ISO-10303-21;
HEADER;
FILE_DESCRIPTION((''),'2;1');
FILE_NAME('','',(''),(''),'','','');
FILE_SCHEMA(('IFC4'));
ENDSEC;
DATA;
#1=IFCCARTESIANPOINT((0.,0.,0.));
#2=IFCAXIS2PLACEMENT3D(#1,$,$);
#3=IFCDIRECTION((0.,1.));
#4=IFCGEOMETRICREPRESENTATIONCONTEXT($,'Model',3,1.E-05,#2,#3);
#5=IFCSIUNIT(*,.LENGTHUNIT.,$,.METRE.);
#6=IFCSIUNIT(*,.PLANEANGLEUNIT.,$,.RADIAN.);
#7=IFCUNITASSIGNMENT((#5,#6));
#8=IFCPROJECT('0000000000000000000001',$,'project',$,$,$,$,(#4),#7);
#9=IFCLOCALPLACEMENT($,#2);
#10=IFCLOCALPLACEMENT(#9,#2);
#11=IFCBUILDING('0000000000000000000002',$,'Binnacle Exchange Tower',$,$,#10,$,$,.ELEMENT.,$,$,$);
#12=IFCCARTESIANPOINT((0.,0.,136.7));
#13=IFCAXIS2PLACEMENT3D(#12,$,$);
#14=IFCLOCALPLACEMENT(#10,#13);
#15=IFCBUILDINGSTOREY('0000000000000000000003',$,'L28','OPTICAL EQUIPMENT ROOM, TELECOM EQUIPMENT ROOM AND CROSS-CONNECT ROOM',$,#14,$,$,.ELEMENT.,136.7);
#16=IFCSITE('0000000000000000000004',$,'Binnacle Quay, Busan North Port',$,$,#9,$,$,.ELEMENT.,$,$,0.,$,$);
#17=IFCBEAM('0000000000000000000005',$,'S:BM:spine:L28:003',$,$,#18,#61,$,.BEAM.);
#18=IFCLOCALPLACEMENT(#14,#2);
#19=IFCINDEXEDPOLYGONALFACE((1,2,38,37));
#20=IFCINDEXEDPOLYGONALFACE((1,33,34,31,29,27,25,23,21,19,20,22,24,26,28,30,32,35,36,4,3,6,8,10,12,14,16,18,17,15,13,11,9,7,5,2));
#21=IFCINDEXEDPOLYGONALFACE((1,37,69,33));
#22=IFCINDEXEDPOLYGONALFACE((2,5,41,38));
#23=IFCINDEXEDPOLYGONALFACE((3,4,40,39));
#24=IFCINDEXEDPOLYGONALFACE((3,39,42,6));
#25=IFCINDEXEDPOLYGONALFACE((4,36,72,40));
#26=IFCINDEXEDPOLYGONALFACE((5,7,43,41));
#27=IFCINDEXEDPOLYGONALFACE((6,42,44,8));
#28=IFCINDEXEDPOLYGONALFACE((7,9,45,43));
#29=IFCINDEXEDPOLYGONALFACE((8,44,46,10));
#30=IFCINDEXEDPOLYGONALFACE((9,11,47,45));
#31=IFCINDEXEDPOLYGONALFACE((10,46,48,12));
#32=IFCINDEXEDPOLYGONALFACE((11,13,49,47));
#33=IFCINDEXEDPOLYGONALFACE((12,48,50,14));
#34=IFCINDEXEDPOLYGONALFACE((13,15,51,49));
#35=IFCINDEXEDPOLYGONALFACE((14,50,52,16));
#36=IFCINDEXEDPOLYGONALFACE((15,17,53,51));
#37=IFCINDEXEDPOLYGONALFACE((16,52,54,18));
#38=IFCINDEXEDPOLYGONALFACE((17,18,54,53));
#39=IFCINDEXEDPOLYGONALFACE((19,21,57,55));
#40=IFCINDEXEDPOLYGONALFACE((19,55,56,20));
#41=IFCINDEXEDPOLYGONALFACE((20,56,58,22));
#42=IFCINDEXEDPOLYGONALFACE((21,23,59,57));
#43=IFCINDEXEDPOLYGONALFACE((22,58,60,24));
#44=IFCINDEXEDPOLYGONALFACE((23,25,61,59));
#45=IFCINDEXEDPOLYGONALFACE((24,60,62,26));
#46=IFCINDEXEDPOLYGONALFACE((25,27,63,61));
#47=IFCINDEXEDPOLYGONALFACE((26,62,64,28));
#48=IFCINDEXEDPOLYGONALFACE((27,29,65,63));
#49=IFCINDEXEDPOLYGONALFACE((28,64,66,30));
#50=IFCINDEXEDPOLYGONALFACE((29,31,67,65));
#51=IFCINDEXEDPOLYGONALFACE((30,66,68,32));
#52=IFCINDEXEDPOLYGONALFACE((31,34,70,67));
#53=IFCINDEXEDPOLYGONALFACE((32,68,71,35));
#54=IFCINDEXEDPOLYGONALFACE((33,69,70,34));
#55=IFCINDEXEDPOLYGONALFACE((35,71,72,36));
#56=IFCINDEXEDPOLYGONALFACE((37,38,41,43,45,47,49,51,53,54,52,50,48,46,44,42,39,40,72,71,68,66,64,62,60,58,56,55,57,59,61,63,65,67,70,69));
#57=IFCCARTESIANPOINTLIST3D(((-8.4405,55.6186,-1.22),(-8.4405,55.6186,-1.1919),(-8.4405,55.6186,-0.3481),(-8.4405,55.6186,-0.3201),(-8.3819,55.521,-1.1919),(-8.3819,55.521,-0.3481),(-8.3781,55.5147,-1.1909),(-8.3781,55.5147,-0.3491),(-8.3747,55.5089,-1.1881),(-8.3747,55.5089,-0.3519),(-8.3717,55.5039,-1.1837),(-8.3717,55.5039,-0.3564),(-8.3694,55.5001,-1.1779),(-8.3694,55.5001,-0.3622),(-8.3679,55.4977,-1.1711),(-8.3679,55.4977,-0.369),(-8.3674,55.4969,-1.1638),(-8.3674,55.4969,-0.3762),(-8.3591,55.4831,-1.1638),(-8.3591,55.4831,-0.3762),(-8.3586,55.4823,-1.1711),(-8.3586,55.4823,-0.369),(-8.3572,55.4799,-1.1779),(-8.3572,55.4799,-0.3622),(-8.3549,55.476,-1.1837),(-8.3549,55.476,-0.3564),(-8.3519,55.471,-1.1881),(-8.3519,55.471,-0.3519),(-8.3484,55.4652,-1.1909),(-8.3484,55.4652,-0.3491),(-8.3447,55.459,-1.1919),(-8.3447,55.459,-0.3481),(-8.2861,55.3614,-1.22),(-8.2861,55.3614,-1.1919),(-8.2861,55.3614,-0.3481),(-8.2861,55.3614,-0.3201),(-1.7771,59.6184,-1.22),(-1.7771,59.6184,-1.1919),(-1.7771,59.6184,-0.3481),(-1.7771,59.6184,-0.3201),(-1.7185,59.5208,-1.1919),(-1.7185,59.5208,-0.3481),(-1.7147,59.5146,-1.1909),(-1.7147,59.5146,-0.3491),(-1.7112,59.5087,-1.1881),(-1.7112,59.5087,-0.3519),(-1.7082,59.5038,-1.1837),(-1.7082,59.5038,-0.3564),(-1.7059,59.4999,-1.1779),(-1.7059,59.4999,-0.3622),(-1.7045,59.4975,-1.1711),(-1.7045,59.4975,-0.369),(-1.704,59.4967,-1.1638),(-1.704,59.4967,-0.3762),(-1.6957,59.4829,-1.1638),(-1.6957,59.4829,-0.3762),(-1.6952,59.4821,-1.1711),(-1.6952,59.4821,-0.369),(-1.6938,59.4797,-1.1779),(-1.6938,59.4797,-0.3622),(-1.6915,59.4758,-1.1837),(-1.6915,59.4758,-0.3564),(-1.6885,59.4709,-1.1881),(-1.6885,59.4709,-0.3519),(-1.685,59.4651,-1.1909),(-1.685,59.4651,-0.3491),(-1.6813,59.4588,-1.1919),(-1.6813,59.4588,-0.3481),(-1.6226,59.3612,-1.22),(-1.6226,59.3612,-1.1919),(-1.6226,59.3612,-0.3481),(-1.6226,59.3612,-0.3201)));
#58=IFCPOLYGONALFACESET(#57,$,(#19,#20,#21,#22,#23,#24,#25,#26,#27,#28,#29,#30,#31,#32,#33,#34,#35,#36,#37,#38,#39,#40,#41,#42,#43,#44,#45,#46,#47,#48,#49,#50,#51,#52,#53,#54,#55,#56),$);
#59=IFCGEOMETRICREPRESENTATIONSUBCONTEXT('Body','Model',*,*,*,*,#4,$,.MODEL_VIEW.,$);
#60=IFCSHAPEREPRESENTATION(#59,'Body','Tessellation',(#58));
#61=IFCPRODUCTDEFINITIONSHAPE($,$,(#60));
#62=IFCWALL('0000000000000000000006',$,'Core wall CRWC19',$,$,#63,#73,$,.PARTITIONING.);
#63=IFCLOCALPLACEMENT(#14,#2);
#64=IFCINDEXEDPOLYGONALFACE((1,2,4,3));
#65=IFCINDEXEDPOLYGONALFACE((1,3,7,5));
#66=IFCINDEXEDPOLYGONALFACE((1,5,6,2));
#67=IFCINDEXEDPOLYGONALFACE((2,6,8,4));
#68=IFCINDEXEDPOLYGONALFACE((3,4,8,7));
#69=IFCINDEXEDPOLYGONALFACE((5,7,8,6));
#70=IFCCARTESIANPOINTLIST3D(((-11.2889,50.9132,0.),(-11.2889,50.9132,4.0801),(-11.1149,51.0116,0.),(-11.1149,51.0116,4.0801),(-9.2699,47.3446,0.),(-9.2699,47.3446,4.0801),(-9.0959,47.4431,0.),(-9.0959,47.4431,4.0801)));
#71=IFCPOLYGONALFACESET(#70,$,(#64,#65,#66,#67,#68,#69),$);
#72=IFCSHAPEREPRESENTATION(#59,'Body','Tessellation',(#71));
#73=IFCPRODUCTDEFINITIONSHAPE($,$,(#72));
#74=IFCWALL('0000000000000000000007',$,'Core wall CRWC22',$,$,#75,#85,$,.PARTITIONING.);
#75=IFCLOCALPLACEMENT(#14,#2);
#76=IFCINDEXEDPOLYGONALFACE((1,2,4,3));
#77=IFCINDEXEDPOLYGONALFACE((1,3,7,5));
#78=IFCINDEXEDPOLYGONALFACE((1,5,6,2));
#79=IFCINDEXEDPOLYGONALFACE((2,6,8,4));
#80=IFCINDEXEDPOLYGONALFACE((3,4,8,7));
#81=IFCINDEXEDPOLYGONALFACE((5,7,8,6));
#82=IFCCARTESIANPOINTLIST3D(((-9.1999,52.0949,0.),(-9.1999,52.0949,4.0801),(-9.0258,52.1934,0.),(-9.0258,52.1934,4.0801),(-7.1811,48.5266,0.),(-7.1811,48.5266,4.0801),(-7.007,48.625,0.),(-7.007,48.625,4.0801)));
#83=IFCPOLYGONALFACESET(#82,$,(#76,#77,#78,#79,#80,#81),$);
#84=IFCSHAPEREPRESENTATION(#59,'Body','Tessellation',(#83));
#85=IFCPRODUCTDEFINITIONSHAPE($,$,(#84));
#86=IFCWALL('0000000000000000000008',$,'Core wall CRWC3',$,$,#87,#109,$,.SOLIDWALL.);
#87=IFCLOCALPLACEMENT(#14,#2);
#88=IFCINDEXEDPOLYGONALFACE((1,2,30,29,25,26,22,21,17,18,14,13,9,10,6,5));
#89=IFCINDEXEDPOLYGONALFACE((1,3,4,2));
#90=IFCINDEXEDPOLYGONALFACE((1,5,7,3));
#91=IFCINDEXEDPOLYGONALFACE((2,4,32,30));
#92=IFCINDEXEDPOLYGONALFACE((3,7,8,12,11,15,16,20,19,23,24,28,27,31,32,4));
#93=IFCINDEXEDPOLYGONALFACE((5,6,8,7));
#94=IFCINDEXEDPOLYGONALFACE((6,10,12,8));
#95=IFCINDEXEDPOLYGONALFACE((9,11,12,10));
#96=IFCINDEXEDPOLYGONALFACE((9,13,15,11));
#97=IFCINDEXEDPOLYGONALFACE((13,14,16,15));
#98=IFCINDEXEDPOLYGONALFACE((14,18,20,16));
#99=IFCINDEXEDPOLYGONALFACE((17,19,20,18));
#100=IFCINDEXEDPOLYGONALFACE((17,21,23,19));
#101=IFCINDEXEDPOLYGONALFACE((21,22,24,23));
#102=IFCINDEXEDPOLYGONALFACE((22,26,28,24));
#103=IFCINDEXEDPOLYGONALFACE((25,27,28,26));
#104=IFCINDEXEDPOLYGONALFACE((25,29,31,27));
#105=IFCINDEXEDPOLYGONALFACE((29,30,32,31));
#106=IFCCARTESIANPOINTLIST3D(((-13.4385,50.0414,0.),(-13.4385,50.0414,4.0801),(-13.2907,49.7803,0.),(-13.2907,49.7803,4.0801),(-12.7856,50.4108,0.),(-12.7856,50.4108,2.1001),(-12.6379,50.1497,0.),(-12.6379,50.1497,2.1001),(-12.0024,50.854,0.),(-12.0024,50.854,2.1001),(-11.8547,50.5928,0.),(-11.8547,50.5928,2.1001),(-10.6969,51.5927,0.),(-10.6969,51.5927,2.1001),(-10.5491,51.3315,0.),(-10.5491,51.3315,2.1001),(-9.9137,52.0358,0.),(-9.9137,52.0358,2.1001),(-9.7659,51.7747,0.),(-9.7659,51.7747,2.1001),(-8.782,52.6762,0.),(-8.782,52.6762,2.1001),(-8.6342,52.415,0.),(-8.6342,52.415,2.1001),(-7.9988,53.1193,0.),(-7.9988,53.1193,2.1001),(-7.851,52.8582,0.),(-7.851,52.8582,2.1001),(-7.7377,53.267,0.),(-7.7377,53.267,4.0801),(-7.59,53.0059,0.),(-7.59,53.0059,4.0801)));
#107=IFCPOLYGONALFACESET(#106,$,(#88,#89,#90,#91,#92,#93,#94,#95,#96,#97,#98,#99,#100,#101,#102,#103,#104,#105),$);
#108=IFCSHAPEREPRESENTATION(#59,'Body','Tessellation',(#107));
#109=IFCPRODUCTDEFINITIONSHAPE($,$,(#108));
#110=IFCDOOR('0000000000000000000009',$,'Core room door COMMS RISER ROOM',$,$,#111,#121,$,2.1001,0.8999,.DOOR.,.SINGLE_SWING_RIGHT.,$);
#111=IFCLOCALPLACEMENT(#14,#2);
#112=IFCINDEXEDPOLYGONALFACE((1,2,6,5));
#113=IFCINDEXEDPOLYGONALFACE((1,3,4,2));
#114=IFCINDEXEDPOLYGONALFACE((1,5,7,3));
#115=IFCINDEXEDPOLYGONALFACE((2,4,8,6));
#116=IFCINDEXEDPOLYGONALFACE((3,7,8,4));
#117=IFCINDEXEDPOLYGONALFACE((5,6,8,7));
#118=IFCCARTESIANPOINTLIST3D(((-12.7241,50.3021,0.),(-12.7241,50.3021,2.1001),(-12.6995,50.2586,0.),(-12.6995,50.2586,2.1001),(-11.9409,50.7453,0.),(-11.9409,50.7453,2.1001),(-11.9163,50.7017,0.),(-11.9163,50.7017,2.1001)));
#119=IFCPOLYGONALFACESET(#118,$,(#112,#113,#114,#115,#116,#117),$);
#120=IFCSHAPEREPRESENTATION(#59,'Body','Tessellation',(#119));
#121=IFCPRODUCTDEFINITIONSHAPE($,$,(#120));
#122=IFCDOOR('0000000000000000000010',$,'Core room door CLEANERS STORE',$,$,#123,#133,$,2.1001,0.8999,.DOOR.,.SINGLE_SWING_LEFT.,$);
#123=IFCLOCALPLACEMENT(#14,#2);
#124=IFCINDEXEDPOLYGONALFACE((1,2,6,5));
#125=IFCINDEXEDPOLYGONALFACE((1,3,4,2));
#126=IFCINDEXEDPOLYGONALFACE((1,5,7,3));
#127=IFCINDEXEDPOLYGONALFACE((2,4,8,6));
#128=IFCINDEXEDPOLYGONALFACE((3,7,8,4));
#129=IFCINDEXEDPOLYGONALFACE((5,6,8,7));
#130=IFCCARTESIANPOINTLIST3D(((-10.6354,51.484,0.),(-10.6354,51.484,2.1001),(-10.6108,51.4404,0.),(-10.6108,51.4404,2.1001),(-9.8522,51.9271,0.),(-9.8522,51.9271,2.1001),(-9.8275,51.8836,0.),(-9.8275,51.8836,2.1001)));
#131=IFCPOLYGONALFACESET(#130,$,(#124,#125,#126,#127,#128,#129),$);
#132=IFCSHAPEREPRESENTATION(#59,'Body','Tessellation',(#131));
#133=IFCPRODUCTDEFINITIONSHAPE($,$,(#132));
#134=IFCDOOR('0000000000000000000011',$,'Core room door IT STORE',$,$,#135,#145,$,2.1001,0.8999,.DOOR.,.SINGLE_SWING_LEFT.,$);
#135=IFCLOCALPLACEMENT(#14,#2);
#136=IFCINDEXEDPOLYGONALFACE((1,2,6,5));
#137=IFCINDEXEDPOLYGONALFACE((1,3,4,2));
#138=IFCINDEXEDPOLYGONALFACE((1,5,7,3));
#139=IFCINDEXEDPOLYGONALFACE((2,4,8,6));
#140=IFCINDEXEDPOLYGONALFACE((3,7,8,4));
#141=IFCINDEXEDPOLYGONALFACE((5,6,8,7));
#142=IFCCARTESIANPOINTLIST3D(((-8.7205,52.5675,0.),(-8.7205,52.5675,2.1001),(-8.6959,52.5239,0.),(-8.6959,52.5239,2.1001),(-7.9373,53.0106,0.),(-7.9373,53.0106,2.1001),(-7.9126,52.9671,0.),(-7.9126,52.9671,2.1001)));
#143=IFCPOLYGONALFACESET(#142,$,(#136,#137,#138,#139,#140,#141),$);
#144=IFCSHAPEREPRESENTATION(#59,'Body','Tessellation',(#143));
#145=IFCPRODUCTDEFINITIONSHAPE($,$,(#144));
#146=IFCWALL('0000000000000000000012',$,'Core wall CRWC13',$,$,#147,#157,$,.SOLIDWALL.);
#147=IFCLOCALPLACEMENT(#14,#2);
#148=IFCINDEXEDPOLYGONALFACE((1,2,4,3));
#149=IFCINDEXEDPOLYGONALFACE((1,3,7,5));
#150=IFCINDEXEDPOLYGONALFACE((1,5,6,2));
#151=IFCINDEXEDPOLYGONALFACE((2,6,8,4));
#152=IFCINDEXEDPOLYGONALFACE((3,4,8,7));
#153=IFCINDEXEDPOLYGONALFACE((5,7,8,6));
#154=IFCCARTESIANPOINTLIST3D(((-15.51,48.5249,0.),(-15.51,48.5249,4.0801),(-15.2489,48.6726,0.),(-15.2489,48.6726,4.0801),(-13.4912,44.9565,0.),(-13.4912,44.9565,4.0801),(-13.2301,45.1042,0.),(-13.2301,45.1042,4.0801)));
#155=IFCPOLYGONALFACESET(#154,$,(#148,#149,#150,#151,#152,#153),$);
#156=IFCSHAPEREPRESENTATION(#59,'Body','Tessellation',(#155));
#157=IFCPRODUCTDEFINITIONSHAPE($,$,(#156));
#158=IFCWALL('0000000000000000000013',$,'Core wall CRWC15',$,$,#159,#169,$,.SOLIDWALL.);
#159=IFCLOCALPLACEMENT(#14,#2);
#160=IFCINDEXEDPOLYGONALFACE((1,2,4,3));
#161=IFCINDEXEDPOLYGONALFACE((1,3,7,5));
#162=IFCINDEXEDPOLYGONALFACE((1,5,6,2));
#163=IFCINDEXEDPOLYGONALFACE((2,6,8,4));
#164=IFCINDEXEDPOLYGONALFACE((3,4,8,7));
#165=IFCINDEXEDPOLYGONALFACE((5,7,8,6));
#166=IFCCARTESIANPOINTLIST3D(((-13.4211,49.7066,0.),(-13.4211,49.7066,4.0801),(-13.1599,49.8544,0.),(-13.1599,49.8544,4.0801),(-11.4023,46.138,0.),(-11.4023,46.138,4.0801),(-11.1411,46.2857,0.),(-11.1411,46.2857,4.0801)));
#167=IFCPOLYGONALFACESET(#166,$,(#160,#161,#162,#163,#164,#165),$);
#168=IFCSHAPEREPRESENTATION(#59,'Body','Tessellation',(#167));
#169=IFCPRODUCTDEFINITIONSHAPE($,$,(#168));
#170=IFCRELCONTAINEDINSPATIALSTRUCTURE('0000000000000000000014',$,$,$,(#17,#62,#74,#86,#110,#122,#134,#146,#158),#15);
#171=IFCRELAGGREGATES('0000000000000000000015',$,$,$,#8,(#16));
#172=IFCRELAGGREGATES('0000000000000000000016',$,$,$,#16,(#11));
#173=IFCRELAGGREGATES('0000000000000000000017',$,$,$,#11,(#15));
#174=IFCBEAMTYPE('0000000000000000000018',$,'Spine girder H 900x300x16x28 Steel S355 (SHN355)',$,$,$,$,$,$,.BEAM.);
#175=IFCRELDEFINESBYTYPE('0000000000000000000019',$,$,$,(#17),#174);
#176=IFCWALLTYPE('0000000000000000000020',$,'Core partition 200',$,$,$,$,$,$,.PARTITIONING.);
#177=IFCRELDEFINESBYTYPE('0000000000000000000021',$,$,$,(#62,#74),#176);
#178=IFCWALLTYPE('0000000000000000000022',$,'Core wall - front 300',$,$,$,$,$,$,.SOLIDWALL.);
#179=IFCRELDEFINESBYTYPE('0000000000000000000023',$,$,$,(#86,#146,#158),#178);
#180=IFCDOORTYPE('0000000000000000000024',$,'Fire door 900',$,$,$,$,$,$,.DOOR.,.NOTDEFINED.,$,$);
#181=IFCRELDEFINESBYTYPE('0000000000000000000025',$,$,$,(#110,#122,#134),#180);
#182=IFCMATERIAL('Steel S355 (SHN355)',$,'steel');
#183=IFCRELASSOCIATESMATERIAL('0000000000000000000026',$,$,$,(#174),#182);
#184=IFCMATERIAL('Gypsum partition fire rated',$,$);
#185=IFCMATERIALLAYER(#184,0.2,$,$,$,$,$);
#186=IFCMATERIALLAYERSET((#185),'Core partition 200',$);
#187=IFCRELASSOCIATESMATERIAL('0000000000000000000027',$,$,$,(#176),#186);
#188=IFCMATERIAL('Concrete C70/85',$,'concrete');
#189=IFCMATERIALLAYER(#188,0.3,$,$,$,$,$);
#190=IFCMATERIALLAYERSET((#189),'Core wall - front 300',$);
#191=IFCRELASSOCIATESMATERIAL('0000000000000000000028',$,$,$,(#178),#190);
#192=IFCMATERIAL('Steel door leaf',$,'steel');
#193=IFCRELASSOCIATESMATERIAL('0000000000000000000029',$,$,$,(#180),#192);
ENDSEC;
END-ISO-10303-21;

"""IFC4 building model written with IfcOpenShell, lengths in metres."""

from ifc_helpers import new_model, si_unit, direction, frame, frame_2d, origin, origin_2d, place, context, subcontext, project, spatial, rectangle, i_section, extrude, material, layer, layer_set, material_profile, profile_set, type_object, element, fill, save


model = new_model("IFC4")

# Units and contexts
model_context = context("Model", 3, precision=1e-05, world=origin(), true_north=direction((0.0, 1.0)))
body_context = subcontext(model_context, "Body", "Model", "MODEL_VIEW")
ifc_project = project(units=[si_unit("LENGTHUNIT", "METRE"), si_unit("PLANEANGLEUNIT", "RADIAN")], contexts=[model_context])

# Site, building, storey
site_placement = place(None, origin())
site = spatial("IfcSite", under=ifc_project, at=site_placement, Name="Binnacle Quay, Busan North Port", CompositionType="ELEMENT", RefElevation=0.0)
building_placement = place(site_placement, origin())
building = spatial("IfcBuilding", under=site, at=building_placement, Name="Binnacle Exchange Tower", CompositionType="ELEMENT")
storey_placement = place(building_placement, frame((0.0, 0.0, 136.7)))
storey = spatial("IfcBuildingStorey", under=building, at=storey_placement, Name="L28", Description="OPTICAL EQUIPMENT ROOM, TELECOM EQUIPMENT ROOM AND CROSS-CONNECT ROOM", CompositionType="ELEMENT", Elevation=136.7)

# Shared definitions
ifc_material_1 = material(Name="Concrete C70/85", Category="concrete")

# Beam
ifc_material_2 = material(Name="Steel S355 (SHN355)", Category="steel")
ifc_material_profile_1 = material_profile(ifc_material_2, i_section(OverallWidth=0.3, OverallDepth=0.8999, WebThickness=0.0161, FlangeThickness=0.0281, FilletRadius=0.0281, at=origin_2d()), Name="H 900x300x16x28")
ifc_profile_set_1 = profile_set([ifc_material_profile_1], Name="Steel S355 (SHN355)")
beam_type_1 = type_object("IfcBeamType", Name="Spine girder H 900x300x16x28 Steel S355 (SHN355)", PredefinedType="BEAM", material=ifc_profile_set_1)
beam_1_placement = place(storey_placement, frame((-8.3633, 55.49, -0.77), z_axis=(0.857393, 0.514662, 0.0), x_axis=(-0.514662, 0.857393, 0.0)))
element("IfcBeam", 1, at=beam_1_placement, inside=storey, type_object=beam_type_1, Name="S:BM:spine:L28:003", PredefinedType="BEAM", context=body_context, shape_type="SweptSolid", body=[
    extrude(i_section(OverallWidth=0.3, OverallDepth=0.8999, WebThickness=0.0161, FlangeThickness=0.0281, FilletRadius=0.0281, at=origin_2d()), origin(), (0.0, 0.0, 1.0), 7.7717),
])

# Walls
ifc_material_3 = material(Name="Gypsum partition fire rated")
ifc_layer_1 = layer(ifc_material_3, 0.2)
ifc_layer_set_1 = layer_set([ifc_layer_1], Name="Core partition 200")
wall_type_1 = type_object("IfcWallType", Name="Core partition 200", PredefinedType="PARTITIONING", material=ifc_layer_set_1)
wall_1_placement = place(storey_placement, frame((-11.2019, 50.9624, 0.0), z_axis=(0.0, 0.0, 1.0), x_axis=(0.492428, -0.870353, 0.0)))
element("IfcWall", 2, at=wall_1_placement, inside=storey, type_object=wall_type_1, Name="Core wall CRWC19", PredefinedType="PARTITIONING", context=body_context, shape_type="SweptSolid", body=[
    extrude(rectangle(XDim=4.1001, YDim=0.2, at=frame_2d((2.05, 0.0))), origin(), (0.0, 0.0, 1.0), 4.0801),
])
wall_2_placement = place(storey_placement, frame((-9.1128, 52.144, 0.0), z_axis=(0.0, 0.0, 1.0), x_axis=(0.492408, -0.870364, 0.0)))
element("IfcWall", 3, at=wall_2_placement, inside=storey, type_object=wall_type_1, Name="Core wall CRWC22", PredefinedType="PARTITIONING", context=body_context, shape_type="SweptSolid", body=[
    extrude(rectangle(XDim=4.0999, YDim=0.2, at=frame_2d((2.0498, 0.0))), origin(), (0.0, 0.0, 1.0), 4.0801),
])

# Wall, openings, doors
ifc_layer_2 = layer(ifc_material_1, 0.3)
ifc_layer_set_2 = layer_set([ifc_layer_2], Name="Core wall - front 300")
wall_type_2 = type_object("IfcWallType", Name="Core wall - front 300", PredefinedType="SOLIDWALL", material=ifc_layer_set_2)
wall_3_placement = place(storey_placement, frame((-13.3645, 49.9109, 0.0), z_axis=(0.0, 0.0, 1.0), x_axis=(0.870336, 0.492458, 0.0)))
wall_3 = element("IfcWall", 4, at=wall_3_placement, inside=storey, type_object=wall_type_2, Name="Core wall CRWC3", PredefinedType="SOLIDWALL", context=body_context, shape_type="SweptSolid", body=[
    extrude(rectangle(XDim=6.55, YDim=0.3, at=frame_2d((3.2749, 0.0))), origin(), (0.0, 0.0, 1.0), 4.0801),
])
opening_1_placement = place(wall_3_placement, frame((0.75, 0.0, 0.0)))
opening_1 = element("IfcOpeningElement", 5, at=opening_1_placement, cuts=wall_3, PredefinedType="OPENING", context=body_context, shape_type="SweptSolid", body=[
    extrude(rectangle(XDim=0.8999, YDim=2.1001, at=frame_2d((0.45, 1.05))), frame((0.0, 0.1599, 0.0), z_axis=(0.0, -1.0, 0.0), x_axis=(1.0, 0.0, 0.0)), (0.0, 0.0, 1.0), 0.3201),
])
opening_2_placement = place(wall_3_placement, frame((3.1499, 0.0, 0.0)))
opening_2 = element("IfcOpeningElement", 6, at=opening_2_placement, cuts=wall_3, PredefinedType="OPENING", context=body_context, shape_type="SweptSolid", body=[
    extrude(rectangle(XDim=0.8999, YDim=2.1001, at=frame_2d((0.45, 1.05))), frame((0.0, 0.1599, 0.0), z_axis=(0.0, -1.0, 0.0), x_axis=(1.0, 0.0, 0.0)), (0.0, 0.0, 1.0), 0.3201),
])
opening_3_placement = place(wall_3_placement, frame((5.3501, 0.0, 0.0)))
opening_3 = element("IfcOpeningElement", 7, at=opening_3_placement, cuts=wall_3, PredefinedType="OPENING", context=body_context, shape_type="SweptSolid", body=[
    extrude(rectangle(XDim=0.8999, YDim=2.1001, at=frame_2d((0.45, 1.05))), frame((0.0, 0.1599, 0.0), z_axis=(0.0, -1.0, 0.0), x_axis=(1.0, 0.0, 0.0)), (0.0, 0.0, 1.0), 0.3201),
])
ifc_material_4 = material(Name="Steel door leaf", Category="steel")
door_type_1 = type_object("IfcDoorType", Name="Fire door 900", OperationType="NOTDEFINED", PredefinedType="DOOR", material=ifc_material_4)
door_1_placement = place(opening_1_placement, frame((0.8999, 0.0, 0.0), z_axis=(0.0, 0.0, 1.0), x_axis=(-1.0, 0.0, 0.0)))
door_1 = element("IfcDoor", 8, at=door_1_placement, inside=storey, type_object=door_type_1, Name="Core room door COMMS RISER ROOM", OperationType="SINGLE_SWING_RIGHT", OverallHeight=2.1001, OverallWidth=0.8999, PredefinedType="DOOR", context=body_context, shape_type="SweptSolid", body=[
    extrude(rectangle(XDim=0.8999, YDim=2.1001, at=frame_2d((0.45, 1.05))), frame((0.0, 0.0249, 0.0), z_axis=(0.0, -1.0, 0.0), x_axis=(1.0, 0.0, 0.0)), (0.0, 0.0, 1.0), 0.05),
])
fill(opening_1, door_1)
door_2_placement = place(opening_2_placement, frame((0.8999, 0.0, 0.0), z_axis=(0.0, 0.0, 1.0), x_axis=(-1.0, 0.0, 0.0)))
door_2 = element("IfcDoor", 9, at=door_2_placement, inside=storey, type_object=door_type_1, Name="Core room door CLEANERS STORE", OperationType="SINGLE_SWING_LEFT", OverallHeight=2.1001, OverallWidth=0.8999, PredefinedType="DOOR", context=body_context, shape_type="SweptSolid", body=[
    extrude(rectangle(XDim=0.8999, YDim=2.1001, at=frame_2d((0.45, 1.05))), frame((0.0, 0.0249, 0.0), z_axis=(0.0, -1.0, 0.0), x_axis=(1.0, 0.0, 0.0)), (0.0, 0.0, 1.0), 0.05),
])
fill(opening_2, door_2)
door_3_placement = place(opening_3_placement, frame((0.8999, 0.0, 0.0), z_axis=(0.0, 0.0, 1.0), x_axis=(-1.0, 0.0, 0.0)))
door_3 = element("IfcDoor", 10, at=door_3_placement, inside=storey, type_object=door_type_1, Name="Core room door IT STORE", OperationType="SINGLE_SWING_LEFT", OverallHeight=2.1001, OverallWidth=0.8999, PredefinedType="DOOR", context=body_context, shape_type="SweptSolid", body=[
    extrude(rectangle(XDim=0.8999, YDim=2.1001, at=frame_2d((0.45, 1.05))), frame((0.0, 0.0249, 0.0), z_axis=(0.0, -1.0, 0.0), x_axis=(1.0, 0.0, 0.0)), (0.0, 0.0, 1.0), 0.05),
])
fill(opening_3, door_3)

# Walls
wall_4_placement = place(storey_placement, frame((-15.3794, 48.5986, 0.0), z_axis=(0.0, 0.0, 1.0), x_axis=(0.492408, -0.870364, 0.0)))
element("IfcWall", 11, at=wall_4_placement, inside=storey, type_object=wall_type_2, Name="Core wall CRWC13", PredefinedType="SOLIDWALL", context=body_context, shape_type="SweptSolid", body=[
    extrude(rectangle(XDim=4.0999, YDim=0.3, at=frame_2d((2.0498, 0.0))), origin(), (0.0, 0.0, 1.0), 4.0801),
])
wall_5_placement = place(storey_placement, frame((-13.2905, 49.7805, 0.0), z_axis=(0.0, 0.0, 1.0), x_axis=(0.492383, -0.870379, 0.0)))
element("IfcWall", 12, at=wall_5_placement, inside=storey, type_object=wall_type_2, Name="Core wall CRWC15", PredefinedType="SOLIDWALL", context=body_context, shape_type="SweptSolid", body=[
    extrude(rectangle(XDim=4.1001, YDim=0.3, at=frame_2d((2.05, 0.0))), origin(), (0.0, 0.0, 1.0), 4.0801),
])

save(model, "model.ifc")
